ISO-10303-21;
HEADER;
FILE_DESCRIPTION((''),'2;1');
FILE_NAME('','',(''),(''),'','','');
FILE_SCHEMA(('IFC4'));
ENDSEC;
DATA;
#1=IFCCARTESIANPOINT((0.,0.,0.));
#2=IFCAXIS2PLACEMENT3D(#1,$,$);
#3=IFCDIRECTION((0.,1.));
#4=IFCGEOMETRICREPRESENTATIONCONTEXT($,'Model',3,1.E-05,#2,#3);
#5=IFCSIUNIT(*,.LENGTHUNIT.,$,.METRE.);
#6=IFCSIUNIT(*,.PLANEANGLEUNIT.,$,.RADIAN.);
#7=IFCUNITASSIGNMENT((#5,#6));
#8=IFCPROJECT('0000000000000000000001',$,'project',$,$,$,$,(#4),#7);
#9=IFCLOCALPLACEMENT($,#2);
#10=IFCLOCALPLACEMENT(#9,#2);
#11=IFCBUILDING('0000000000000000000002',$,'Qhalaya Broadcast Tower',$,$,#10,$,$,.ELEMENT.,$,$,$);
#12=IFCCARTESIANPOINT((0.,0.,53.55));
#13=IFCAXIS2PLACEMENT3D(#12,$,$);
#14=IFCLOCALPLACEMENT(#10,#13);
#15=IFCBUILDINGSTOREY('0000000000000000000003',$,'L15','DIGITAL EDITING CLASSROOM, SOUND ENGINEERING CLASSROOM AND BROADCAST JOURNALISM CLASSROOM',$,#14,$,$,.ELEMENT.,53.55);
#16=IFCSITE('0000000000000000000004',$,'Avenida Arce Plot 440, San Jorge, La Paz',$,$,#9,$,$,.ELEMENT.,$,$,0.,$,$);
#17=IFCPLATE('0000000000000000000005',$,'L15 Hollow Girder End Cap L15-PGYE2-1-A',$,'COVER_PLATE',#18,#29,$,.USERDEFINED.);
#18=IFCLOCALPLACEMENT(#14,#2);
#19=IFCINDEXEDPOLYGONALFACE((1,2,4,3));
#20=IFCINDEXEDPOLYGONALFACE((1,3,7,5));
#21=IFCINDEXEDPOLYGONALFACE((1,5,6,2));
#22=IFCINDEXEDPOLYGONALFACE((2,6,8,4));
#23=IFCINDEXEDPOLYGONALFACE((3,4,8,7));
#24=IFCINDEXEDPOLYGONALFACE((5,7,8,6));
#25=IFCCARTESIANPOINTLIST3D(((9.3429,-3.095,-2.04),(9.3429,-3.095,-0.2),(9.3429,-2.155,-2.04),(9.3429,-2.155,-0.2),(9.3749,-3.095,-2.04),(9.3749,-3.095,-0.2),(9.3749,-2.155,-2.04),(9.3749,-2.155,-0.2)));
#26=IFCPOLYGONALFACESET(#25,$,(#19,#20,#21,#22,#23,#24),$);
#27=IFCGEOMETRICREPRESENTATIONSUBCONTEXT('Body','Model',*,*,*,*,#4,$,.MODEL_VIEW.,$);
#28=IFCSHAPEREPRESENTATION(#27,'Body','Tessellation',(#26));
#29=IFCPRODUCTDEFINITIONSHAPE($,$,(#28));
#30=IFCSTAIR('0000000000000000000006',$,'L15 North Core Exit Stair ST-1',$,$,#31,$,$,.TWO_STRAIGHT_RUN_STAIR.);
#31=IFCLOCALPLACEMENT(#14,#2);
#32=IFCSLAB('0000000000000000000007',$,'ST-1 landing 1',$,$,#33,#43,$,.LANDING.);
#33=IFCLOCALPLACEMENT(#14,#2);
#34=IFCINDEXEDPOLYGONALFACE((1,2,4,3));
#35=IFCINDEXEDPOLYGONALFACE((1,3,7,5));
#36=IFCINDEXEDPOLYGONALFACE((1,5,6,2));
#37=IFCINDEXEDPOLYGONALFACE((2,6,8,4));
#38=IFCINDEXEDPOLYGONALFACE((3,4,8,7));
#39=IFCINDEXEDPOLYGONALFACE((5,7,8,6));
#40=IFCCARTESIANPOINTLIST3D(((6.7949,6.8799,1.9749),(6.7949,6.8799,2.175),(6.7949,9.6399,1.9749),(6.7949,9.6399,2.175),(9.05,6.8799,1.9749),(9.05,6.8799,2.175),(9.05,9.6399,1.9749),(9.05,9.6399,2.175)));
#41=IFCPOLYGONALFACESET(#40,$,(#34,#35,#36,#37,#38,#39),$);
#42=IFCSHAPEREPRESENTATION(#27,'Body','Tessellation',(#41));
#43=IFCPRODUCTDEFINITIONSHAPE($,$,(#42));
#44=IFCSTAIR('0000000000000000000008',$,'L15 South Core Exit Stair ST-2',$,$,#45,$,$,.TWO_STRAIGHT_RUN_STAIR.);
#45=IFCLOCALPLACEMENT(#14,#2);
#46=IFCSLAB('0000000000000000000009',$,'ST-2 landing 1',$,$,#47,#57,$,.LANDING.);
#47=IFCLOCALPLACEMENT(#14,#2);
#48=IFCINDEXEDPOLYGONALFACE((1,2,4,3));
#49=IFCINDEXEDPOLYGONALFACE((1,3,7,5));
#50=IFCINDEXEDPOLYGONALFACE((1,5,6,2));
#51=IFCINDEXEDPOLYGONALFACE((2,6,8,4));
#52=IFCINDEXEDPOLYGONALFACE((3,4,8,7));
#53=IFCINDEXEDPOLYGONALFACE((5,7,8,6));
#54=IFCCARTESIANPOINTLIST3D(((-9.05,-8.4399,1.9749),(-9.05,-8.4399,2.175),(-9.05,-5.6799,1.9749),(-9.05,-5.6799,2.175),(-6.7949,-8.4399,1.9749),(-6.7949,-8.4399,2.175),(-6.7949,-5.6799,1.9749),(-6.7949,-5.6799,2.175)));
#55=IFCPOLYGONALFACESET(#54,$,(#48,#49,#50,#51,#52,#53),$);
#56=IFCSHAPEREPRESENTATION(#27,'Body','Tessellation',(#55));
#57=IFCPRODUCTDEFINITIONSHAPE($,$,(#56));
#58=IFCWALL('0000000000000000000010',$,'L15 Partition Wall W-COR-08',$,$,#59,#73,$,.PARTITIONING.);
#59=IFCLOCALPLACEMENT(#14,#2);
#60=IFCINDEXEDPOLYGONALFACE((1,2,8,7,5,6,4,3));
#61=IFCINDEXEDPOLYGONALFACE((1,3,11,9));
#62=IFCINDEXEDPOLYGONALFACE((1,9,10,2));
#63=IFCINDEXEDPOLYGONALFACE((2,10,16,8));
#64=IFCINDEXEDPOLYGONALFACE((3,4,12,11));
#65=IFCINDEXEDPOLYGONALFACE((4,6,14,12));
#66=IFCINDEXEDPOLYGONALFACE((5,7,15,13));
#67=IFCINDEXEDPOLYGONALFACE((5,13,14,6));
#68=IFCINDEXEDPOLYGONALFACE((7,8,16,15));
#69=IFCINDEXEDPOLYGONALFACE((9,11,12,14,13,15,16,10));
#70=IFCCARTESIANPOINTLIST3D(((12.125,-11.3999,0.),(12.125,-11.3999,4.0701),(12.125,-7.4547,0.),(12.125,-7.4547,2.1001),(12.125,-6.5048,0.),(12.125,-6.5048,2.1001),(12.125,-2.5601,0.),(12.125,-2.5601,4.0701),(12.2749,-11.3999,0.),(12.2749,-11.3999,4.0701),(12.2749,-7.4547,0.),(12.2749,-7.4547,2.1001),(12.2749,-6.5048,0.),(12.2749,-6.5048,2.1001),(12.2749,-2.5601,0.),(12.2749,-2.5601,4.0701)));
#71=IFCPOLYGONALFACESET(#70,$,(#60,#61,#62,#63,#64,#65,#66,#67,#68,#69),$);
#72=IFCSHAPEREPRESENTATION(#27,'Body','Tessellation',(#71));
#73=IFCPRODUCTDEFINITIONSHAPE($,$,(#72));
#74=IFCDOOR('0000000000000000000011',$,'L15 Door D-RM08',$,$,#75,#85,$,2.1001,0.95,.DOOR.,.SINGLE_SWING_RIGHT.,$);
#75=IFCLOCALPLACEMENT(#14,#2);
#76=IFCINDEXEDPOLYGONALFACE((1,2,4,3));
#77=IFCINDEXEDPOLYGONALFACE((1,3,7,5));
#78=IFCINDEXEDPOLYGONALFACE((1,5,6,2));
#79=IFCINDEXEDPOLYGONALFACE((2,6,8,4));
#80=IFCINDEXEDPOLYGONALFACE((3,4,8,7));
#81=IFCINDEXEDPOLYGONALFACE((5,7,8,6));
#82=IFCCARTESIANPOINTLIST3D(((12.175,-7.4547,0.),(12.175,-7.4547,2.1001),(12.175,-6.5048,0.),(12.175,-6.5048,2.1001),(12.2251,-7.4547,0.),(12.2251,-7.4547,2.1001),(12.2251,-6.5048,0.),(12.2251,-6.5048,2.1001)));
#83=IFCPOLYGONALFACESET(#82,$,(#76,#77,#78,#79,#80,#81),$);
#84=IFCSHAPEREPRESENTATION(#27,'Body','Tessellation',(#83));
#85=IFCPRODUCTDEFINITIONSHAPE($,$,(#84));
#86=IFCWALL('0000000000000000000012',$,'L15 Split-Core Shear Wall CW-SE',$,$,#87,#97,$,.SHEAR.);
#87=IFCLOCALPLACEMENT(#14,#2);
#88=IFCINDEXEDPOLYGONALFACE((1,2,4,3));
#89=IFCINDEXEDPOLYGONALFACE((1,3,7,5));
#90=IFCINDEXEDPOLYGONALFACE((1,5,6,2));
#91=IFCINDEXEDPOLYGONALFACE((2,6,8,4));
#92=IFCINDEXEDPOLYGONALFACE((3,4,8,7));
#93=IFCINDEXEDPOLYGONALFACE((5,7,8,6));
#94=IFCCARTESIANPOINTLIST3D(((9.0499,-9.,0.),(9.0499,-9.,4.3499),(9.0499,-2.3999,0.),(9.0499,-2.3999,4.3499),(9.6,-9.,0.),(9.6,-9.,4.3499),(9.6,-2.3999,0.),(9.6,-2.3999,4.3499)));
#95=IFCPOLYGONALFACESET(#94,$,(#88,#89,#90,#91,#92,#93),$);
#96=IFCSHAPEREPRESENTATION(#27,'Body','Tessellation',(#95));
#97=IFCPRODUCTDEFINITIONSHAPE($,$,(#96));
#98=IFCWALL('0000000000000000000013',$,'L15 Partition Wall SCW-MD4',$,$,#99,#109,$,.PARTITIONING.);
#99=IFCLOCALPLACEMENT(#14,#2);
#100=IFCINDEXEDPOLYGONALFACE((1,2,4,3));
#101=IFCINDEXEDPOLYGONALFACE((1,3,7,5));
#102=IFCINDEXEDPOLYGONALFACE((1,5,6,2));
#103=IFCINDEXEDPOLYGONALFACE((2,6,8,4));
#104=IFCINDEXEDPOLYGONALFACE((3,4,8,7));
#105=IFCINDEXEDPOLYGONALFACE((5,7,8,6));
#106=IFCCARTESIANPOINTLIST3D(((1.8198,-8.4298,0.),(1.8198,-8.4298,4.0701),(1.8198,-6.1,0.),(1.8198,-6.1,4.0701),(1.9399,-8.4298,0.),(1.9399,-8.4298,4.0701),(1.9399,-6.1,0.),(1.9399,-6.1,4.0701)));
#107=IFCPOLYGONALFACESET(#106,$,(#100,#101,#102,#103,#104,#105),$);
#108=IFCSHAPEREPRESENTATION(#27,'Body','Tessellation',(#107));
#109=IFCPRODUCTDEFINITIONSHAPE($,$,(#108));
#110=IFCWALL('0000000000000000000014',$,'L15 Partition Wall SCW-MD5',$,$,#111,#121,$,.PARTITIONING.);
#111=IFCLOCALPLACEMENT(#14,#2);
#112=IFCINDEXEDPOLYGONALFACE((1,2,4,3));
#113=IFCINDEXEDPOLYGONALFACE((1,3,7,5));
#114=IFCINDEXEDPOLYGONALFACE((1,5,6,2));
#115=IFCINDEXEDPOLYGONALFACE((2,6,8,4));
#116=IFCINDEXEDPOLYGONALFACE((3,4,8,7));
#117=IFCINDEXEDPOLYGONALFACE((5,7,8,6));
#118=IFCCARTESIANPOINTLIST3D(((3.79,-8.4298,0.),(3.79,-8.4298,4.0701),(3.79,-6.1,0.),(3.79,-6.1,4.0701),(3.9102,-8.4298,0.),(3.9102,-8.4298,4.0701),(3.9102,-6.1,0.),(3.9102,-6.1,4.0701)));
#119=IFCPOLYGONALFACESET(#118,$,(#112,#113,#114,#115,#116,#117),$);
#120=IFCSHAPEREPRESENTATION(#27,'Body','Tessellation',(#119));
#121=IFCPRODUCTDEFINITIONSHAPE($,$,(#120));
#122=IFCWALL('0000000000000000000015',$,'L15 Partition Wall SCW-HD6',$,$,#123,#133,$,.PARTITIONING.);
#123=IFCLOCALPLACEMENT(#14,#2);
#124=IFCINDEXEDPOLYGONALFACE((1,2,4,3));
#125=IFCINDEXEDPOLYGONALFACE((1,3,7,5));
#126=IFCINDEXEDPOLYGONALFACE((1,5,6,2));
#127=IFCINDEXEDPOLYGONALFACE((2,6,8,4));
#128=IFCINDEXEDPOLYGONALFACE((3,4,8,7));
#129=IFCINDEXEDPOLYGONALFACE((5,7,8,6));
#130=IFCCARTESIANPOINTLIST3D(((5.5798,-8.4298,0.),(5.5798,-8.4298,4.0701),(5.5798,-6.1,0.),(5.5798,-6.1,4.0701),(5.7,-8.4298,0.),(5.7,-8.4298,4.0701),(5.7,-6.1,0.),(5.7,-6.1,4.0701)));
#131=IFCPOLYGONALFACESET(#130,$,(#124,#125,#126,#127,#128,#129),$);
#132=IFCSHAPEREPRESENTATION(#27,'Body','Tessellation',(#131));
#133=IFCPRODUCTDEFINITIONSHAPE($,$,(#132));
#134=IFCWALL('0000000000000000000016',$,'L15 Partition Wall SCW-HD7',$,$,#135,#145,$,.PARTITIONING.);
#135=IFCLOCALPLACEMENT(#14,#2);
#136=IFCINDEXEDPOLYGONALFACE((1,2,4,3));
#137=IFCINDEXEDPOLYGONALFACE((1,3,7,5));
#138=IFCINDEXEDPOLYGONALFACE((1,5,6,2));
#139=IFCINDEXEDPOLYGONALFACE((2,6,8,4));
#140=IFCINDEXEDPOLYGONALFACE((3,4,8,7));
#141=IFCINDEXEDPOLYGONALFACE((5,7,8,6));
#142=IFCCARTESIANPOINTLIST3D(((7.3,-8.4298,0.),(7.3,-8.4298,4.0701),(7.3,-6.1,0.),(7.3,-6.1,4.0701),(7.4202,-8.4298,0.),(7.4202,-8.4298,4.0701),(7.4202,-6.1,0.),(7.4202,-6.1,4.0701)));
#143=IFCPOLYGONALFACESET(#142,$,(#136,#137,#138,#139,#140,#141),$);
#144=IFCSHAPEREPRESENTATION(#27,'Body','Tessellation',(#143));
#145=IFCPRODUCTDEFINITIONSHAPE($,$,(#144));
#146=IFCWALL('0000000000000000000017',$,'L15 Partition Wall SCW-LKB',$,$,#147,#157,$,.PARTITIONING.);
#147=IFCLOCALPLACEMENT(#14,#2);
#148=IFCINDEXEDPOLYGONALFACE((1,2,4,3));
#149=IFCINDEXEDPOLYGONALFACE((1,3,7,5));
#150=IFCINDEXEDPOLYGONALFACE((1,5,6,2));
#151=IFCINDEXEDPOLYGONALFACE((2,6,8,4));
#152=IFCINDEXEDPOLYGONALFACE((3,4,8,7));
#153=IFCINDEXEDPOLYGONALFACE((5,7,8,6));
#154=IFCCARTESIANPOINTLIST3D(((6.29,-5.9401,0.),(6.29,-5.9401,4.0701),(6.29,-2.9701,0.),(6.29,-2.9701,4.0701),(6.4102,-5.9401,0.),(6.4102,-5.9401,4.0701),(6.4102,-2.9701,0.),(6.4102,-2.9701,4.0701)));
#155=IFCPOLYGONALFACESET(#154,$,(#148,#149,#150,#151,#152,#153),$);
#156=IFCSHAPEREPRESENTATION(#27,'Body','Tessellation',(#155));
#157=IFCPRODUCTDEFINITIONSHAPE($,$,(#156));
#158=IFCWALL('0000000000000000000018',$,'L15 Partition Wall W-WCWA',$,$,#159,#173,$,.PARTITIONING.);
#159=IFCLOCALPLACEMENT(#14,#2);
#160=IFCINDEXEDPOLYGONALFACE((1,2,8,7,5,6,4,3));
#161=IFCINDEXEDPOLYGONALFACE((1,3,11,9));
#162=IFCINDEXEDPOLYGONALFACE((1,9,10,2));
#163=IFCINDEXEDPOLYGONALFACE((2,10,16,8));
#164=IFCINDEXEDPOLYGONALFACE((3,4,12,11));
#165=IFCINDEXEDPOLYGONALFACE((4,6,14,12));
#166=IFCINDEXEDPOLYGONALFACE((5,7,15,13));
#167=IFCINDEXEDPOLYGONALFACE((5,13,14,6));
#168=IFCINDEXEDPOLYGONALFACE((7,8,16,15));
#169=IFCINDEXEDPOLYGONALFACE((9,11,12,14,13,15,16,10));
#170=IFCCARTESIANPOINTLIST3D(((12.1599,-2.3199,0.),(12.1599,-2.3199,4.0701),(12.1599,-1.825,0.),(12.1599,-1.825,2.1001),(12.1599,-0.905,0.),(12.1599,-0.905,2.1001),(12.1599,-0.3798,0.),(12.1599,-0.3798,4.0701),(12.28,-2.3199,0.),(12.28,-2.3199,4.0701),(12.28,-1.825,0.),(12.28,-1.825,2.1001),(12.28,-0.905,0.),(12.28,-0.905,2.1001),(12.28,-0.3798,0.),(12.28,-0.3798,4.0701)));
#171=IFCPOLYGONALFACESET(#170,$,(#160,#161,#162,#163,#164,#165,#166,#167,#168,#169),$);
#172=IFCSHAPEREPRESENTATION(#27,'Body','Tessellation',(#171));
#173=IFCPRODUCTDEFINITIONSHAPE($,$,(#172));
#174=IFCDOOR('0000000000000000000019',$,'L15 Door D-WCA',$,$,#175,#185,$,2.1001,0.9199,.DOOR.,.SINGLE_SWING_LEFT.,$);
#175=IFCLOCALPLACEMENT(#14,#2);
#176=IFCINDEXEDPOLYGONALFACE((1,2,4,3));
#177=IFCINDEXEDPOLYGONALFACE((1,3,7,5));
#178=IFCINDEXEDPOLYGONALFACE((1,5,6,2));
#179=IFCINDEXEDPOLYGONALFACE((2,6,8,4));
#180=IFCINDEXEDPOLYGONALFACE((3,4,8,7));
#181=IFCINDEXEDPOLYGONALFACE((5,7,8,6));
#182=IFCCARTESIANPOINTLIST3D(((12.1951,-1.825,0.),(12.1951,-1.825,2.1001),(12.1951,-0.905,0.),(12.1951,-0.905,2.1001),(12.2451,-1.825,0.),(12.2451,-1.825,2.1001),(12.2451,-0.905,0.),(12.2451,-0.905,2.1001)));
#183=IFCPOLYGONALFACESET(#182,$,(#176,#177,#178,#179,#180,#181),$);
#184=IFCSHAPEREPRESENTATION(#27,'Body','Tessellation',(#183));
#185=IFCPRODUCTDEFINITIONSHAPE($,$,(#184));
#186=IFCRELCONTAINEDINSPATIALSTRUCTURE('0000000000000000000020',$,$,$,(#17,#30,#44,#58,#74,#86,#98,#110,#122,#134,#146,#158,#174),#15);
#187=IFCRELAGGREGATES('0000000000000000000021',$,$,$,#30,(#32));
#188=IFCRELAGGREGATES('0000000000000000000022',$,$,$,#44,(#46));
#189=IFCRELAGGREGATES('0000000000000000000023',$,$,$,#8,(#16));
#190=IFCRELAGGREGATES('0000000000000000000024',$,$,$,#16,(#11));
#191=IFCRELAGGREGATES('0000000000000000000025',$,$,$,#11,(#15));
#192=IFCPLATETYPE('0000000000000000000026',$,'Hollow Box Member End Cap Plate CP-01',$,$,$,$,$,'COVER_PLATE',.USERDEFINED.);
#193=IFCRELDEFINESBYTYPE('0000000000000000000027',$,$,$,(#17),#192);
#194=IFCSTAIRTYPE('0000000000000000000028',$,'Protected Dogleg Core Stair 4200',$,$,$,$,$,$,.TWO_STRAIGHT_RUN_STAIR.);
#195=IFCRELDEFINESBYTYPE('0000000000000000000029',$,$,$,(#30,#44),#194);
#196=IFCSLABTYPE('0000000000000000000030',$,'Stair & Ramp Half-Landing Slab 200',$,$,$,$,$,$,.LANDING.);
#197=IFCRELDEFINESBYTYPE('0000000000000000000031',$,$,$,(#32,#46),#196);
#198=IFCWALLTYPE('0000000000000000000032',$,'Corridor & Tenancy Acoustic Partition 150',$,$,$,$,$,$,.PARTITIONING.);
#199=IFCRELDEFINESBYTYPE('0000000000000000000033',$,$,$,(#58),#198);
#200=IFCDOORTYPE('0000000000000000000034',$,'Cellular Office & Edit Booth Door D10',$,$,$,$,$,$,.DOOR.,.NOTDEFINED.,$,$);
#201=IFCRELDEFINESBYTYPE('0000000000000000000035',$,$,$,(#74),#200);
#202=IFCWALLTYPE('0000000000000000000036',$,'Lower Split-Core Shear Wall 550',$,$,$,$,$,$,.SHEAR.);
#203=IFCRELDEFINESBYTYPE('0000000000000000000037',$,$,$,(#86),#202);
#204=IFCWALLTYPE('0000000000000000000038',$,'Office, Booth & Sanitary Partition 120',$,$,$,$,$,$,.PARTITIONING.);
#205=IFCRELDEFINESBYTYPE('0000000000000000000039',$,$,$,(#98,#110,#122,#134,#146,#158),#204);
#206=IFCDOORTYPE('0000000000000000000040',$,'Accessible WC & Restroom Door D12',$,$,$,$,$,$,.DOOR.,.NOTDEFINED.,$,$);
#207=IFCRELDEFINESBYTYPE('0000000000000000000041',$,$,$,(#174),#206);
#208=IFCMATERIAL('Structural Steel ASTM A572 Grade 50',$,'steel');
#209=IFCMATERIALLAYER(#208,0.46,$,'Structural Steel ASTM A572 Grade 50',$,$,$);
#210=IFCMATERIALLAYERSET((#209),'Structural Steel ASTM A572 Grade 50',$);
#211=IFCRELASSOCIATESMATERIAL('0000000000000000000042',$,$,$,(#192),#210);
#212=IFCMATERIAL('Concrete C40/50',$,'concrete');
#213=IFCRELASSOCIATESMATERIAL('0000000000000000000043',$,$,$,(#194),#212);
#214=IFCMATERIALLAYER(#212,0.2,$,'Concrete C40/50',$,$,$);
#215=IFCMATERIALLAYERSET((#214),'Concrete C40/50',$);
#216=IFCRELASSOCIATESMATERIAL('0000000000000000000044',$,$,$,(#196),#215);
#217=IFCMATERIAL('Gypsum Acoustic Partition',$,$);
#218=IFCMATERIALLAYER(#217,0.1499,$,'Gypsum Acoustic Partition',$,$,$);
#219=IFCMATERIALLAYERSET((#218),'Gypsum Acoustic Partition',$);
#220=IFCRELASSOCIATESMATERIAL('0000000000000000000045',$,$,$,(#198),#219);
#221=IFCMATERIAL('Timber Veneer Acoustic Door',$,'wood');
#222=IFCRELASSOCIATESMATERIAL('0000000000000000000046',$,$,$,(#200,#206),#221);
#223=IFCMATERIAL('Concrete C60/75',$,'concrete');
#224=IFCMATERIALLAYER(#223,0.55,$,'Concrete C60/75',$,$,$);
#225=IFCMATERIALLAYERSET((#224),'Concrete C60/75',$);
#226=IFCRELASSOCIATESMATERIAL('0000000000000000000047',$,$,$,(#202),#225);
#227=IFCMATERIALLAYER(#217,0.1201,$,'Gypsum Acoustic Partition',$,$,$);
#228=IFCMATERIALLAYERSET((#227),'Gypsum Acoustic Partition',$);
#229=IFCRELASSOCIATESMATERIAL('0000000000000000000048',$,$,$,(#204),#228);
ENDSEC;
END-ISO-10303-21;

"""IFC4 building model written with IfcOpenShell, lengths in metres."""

from ifc_helpers import new_model, si_unit, direction, frame, frame_2d, origin, origin_2d, place, context, subcontext, project, spatial, polyline, rectangle, outline, extrude, material, layer, layer_set, type_object, element, fill, aggregate, save


model = new_model("IFC4")

# Units and contexts
model_context = context("Model", 3, precision=1e-05, world=origin(), true_north=direction((0.0, 1.0)))
body_context = subcontext(model_context, "Body", "Model", "MODEL_VIEW")
ifc_project = project(units=[si_unit("LENGTHUNIT", "METRE"), si_unit("PLANEANGLEUNIT", "RADIAN")], contexts=[model_context])

# Site, building, storey
site_placement = place(None, origin())
site = spatial("IfcSite", under=ifc_project, at=site_placement, Name="Avenida Arce Plot 440, San Jorge, La Paz", CompositionType="ELEMENT", RefElevation=0.0)
building_placement = place(site_placement, origin())
building = spatial("IfcBuilding", under=site, at=building_placement, Name="Qhalaya Broadcast Tower", CompositionType="ELEMENT")
storey_placement = place(building_placement, frame((0.0, 0.0, 53.55)))
storey = spatial("IfcBuildingStorey", under=building, at=storey_placement, Name="L15", Description="DIGITAL EDITING CLASSROOM, SOUND ENGINEERING CLASSROOM AND BROADCAST JOURNALISM CLASSROOM", CompositionType="ELEMENT", Elevation=53.55)

# Shared definitions
ifc_material_1 = material(Name="Structural Steel ASTM A572 Grade 50", Category="steel")

# Plate
ifc_layer_1 = layer(ifc_material_1, 0.46, Name="Structural Steel ASTM A572 Grade 50")
ifc_layer_set_1 = layer_set([ifc_layer_1], Name="Structural Steel ASTM A572 Grade 50")
plate_type = type_object("IfcPlateType", Name="Hollow Box Member End Cap Plate CP-01", ElementType="COVER_PLATE", PredefinedType="USERDEFINED", material=ifc_layer_set_1)
for number, where, z_axis, x_axis, name in (
    (1, (9.3589, -2.625, -2.04), (0.0, 0.0, 1.0), (0.0, 1.0, 0.0), "L15 Hollow Girder End Cap L15-PGYE2-1-A"),
):
    element("IfcPlate", number, at=place(storey_placement, frame(where, z_axis=z_axis, x_axis=x_axis)), inside=storey, type_object=plate_type, Name=name, ObjectType="COVER_PLATE", PredefinedType="USERDEFINED", context=body_context, shape_type="SweptSolid", body=[
        extrude(rectangle(XDim=0.9399, YDim=0.032, at=origin_2d()), origin(), (0.0, 0.0, 1.0), 1.8401),
    ])

# Stairs, slabs
ifc_material_2 = material(Name="Concrete C40/50", Category="concrete")
stair_type = type_object("IfcStairType", Name="Protected Dogleg Core Stair 4200", PredefinedType="TWO_STRAIGHT_RUN_STAIR", material=ifc_material_2)
stair_1_placement = place(storey_placement, origin())
stair_1 = element("IfcStair", 2, at=stair_1_placement, inside=storey, type_object=stair_type, Name="L15 North Core Exit Stair ST-1", PredefinedType="TWO_STRAIGHT_RUN_STAIR")
ifc_layer_2 = layer(ifc_material_2, 0.2, Name="Concrete C40/50")
ifc_layer_set_2 = layer_set([ifc_layer_2], Name="Concrete C40/50")
slab_type = type_object("IfcSlabType", Name="Stair & Ramp Half-Landing Slab 200", PredefinedType="LANDING", material=ifc_layer_set_2)
slab_1_placement = place(storey_placement, frame((0.0, 0.0, 1.9749)))
slab_1 = element("IfcSlab", 3, at=slab_1_placement, type_object=slab_type, Name="ST-1 landing 1", PredefinedType="LANDING", context=body_context, shape_type="SweptSolid", body=[
    extrude(outline(polyline([(6.7949, 6.8799), (9.05, 6.8799), (9.05, 9.6399), (6.7949, 9.6399), (6.7949, 6.8799)])), origin(), (0.0, 0.0, 1.0), 0.2002),
])
aggregate(stair_1, [slab_1])
stair_2_placement = place(storey_placement, origin())
stair_2 = element("IfcStair", 4, at=stair_2_placement, inside=storey, type_object=stair_type, Name="L15 South Core Exit Stair ST-2", PredefinedType="TWO_STRAIGHT_RUN_STAIR")
slab_2_placement = place(storey_placement, frame((0.0, 0.0, 1.9749)))
slab_2 = element("IfcSlab", 5, at=slab_2_placement, type_object=slab_type, Name="ST-2 landing 1", PredefinedType="LANDING", context=body_context, shape_type="SweptSolid", body=[
    extrude(outline(polyline([(-6.7949, -5.6799), (-9.05, -5.6799), (-9.05, -8.4399), (-6.7949, -8.4399), (-6.7949, -5.6799)])), origin(), (0.0, 0.0, 1.0), 0.2002),
])
aggregate(stair_2, [slab_2])

# Wall, opening, door
ifc_material_3 = material(Name="Gypsum Acoustic Partition")
ifc_layer_3 = layer(ifc_material_3, 0.1499, Name="Gypsum Acoustic Partition")
ifc_layer_set_3 = layer_set([ifc_layer_3], Name="Gypsum Acoustic Partition")
wall_type_1 = type_object("IfcWallType", Name="Corridor & Tenancy Acoustic Partition 150", PredefinedType="PARTITIONING", material=ifc_layer_set_3)
wall_1_placement = place(storey_placement, frame((12.2, -11.3999, 0.0), z_axis=(0.0, 0.0, 1.0), x_axis=(0.0, 1.0, 0.0)))
wall_1 = element("IfcWall", 6, at=wall_1_placement, inside=storey, type_object=wall_type_1, Name="L15 Partition Wall W-COR-08", PredefinedType="PARTITIONING", context=body_context, shape_type="SweptSolid", body=[
    extrude(rectangle(XDim=8.8398, YDim=0.1499, at=frame_2d((4.4199, 0.0))), origin(), (0.0, 0.0, 1.0), 4.0701),
])
opening_1_placement = place(wall_1_placement, frame((3.9451, 0.0, 0.0)))
opening_1 = element("IfcOpeningElement", 7, at=opening_1_placement, cuts=wall_1, PredefinedType="OPENING", context=body_context, shape_type="SweptSolid", body=[
    extrude(rectangle(XDim=0.95, YDim=2.1001, at=frame_2d((0.4751, 1.05))), frame((0.0, 0.0869, 0.0), z_axis=(0.0, -1.0, 0.0), x_axis=(1.0, 0.0, 0.0)), (0.0, 0.0, 1.0), 0.1738),
])
ifc_material_4 = material(Name="Timber Veneer Acoustic Door", Category="wood")
door_type_1 = type_object("IfcDoorType", Name="Cellular Office & Edit Booth Door D10", OperationType="NOTDEFINED", PredefinedType="DOOR", material=ifc_material_4)
door_1_placement = place(opening_1_placement, origin())
door_1 = element("IfcDoor", 8, at=door_1_placement, inside=storey, type_object=door_type_1, Name="L15 Door D-RM08", OperationType="SINGLE_SWING_RIGHT", OverallHeight=2.1001, OverallWidth=0.95, PredefinedType="DOOR", context=body_context, shape_type="SweptSolid", body=[
    extrude(rectangle(XDim=0.95, YDim=2.1001, at=frame_2d((0.4751, 1.05))), frame((0.0, 0.0249, 0.0), z_axis=(0.0, -1.0, 0.0), x_axis=(1.0, 0.0, 0.0)), (0.0, 0.0, 1.0), 0.05),
])
fill(opening_1, door_1)

# Walls
ifc_material_5 = material(Name="Concrete C60/75", Category="concrete")
ifc_layer_4 = layer(ifc_material_5, 0.55, Name="Concrete C60/75")
ifc_layer_set_4 = layer_set([ifc_layer_4], Name="Concrete C60/75")
wall_type_2 = type_object("IfcWallType", Name="Lower Split-Core Shear Wall 550", PredefinedType="SHEAR", material=ifc_layer_set_4)
wall_2_placement = place(storey_placement, frame((9.325, -9.0, 0.0), z_axis=(0.0, 0.0, 1.0), x_axis=(0.0, 1.0, 0.0)))
element("IfcWall", 9, at=wall_2_placement, inside=storey, type_object=wall_type_2, Name="L15 Split-Core Shear Wall CW-SE", PredefinedType="SHEAR", context=body_context, shape_type="SweptSolid", body=[
    extrude(rectangle(XDim=6.6001, YDim=0.55, at=frame_2d((3.3, 0.0))), origin(), (0.0, 0.0, 1.0), 4.3499),
])
ifc_layer_5 = layer(ifc_material_3, 0.1201, Name="Gypsum Acoustic Partition")
ifc_layer_set_5 = layer_set([ifc_layer_5], Name="Gypsum Acoustic Partition")
wall_type_3 = type_object("IfcWallType", Name="Office, Booth & Sanitary Partition 120", PredefinedType="PARTITIONING", material=ifc_layer_set_5)
for number, where, z_axis, x_axis, name in (
    (10, (1.8799, -8.4299, 0.0), (0.0, 0.0, 1.0), (0.0, 1.0, 0.0), "L15 Partition Wall SCW-MD4"),
    (11, (3.8501, -8.4299, 0.0), (0.0, 0.0, 1.0), (0.0, 1.0, 0.0), "L15 Partition Wall SCW-MD5"),
    (12, (5.6399, -8.4299, 0.0), (0.0, 0.0, 1.0), (0.0, 1.0, 0.0), "L15 Partition Wall SCW-HD6"),
    (13, (7.3601, -8.4299, 0.0), (0.0, 0.0, 1.0), (0.0, 1.0, 0.0), "L15 Partition Wall SCW-HD7"),
):
    element("IfcWall", number, at=place(storey_placement, frame(where, z_axis=z_axis, x_axis=x_axis)), inside=storey, type_object=wall_type_3, Name=name, PredefinedType="PARTITIONING", context=body_context, shape_type="SweptSolid", body=[
        extrude(rectangle(XDim=2.3298, YDim=0.1201, at=frame_2d((1.165, 0.0))), origin(), (0.0, 0.0, 1.0), 4.0701),
    ])
wall_3_placement = place(storey_placement, frame((6.3501, -5.9399, 0.0), z_axis=(0.0, 0.0, 1.0), x_axis=(0.0, 1.0, 0.0)))
element("IfcWall", 14, at=wall_3_placement, inside=storey, type_object=wall_type_3, Name="L15 Partition Wall SCW-LKB", PredefinedType="PARTITIONING", context=body_context, shape_type="SweptSolid", body=[
    extrude(rectangle(XDim=2.97, YDim=0.1201, at=frame_2d((1.4849, 0.0))), origin(), (0.0, 0.0, 1.0), 4.0701),
])

# Wall, opening, door
wall_4_placement = place(storey_placement, frame((12.22, -2.3201, 0.0), z_axis=(0.0, 0.0, 1.0), x_axis=(0.0, 1.0, 0.0)))
wall_4 = element("IfcWall", 15, at=wall_4_placement, inside=storey, type_object=wall_type_3, Name="L15 Partition Wall W-WCWA", PredefinedType="PARTITIONING", context=body_context, shape_type="SweptSolid", body=[
    extrude(rectangle(XDim=1.9402, YDim=0.1201, at=frame_2d((0.9702, 0.0))), origin(), (0.0, 0.0, 1.0), 4.0701),
])
opening_2_placement = place(wall_4_placement, frame((0.4951, 0.0, 0.0)))
opening_2 = element("IfcOpeningElement", 16, at=opening_2_placement, cuts=wall_4, PredefinedType="OPENING", context=body_context, shape_type="SweptSolid", body=[
    extrude(rectangle(XDim=0.9199, YDim=2.1001, at=frame_2d((0.46, 1.05))), frame((0.0, 0.072, 0.0), z_axis=(0.0, -1.0, 0.0), x_axis=(1.0, 0.0, 0.0)), (0.0, 0.0, 1.0), 0.144),
])
door_type_2 = type_object("IfcDoorType", Name="Accessible WC & Restroom Door D12", OperationType="NOTDEFINED", PredefinedType="DOOR", material=ifc_material_4)
door_2_placement = place(opening_2_placement, origin())
door_2 = element("IfcDoor", 17, at=door_2_placement, inside=storey, type_object=door_type_2, Name="L15 Door D-WCA", OperationType="SINGLE_SWING_LEFT", OverallHeight=2.1001, OverallWidth=0.9199, PredefinedType="DOOR", context=body_context, shape_type="SweptSolid", body=[
    extrude(rectangle(XDim=0.9199, YDim=2.1001, at=frame_2d((0.46, 1.05))), frame((0.0, 0.0249, 0.0), z_axis=(0.0, -1.0, 0.0), x_axis=(1.0, 0.0, 0.0)), (0.0, 0.0, 1.0), 0.05),
])
fill(opening_2, door_2)

save(model, "model.ifc")
